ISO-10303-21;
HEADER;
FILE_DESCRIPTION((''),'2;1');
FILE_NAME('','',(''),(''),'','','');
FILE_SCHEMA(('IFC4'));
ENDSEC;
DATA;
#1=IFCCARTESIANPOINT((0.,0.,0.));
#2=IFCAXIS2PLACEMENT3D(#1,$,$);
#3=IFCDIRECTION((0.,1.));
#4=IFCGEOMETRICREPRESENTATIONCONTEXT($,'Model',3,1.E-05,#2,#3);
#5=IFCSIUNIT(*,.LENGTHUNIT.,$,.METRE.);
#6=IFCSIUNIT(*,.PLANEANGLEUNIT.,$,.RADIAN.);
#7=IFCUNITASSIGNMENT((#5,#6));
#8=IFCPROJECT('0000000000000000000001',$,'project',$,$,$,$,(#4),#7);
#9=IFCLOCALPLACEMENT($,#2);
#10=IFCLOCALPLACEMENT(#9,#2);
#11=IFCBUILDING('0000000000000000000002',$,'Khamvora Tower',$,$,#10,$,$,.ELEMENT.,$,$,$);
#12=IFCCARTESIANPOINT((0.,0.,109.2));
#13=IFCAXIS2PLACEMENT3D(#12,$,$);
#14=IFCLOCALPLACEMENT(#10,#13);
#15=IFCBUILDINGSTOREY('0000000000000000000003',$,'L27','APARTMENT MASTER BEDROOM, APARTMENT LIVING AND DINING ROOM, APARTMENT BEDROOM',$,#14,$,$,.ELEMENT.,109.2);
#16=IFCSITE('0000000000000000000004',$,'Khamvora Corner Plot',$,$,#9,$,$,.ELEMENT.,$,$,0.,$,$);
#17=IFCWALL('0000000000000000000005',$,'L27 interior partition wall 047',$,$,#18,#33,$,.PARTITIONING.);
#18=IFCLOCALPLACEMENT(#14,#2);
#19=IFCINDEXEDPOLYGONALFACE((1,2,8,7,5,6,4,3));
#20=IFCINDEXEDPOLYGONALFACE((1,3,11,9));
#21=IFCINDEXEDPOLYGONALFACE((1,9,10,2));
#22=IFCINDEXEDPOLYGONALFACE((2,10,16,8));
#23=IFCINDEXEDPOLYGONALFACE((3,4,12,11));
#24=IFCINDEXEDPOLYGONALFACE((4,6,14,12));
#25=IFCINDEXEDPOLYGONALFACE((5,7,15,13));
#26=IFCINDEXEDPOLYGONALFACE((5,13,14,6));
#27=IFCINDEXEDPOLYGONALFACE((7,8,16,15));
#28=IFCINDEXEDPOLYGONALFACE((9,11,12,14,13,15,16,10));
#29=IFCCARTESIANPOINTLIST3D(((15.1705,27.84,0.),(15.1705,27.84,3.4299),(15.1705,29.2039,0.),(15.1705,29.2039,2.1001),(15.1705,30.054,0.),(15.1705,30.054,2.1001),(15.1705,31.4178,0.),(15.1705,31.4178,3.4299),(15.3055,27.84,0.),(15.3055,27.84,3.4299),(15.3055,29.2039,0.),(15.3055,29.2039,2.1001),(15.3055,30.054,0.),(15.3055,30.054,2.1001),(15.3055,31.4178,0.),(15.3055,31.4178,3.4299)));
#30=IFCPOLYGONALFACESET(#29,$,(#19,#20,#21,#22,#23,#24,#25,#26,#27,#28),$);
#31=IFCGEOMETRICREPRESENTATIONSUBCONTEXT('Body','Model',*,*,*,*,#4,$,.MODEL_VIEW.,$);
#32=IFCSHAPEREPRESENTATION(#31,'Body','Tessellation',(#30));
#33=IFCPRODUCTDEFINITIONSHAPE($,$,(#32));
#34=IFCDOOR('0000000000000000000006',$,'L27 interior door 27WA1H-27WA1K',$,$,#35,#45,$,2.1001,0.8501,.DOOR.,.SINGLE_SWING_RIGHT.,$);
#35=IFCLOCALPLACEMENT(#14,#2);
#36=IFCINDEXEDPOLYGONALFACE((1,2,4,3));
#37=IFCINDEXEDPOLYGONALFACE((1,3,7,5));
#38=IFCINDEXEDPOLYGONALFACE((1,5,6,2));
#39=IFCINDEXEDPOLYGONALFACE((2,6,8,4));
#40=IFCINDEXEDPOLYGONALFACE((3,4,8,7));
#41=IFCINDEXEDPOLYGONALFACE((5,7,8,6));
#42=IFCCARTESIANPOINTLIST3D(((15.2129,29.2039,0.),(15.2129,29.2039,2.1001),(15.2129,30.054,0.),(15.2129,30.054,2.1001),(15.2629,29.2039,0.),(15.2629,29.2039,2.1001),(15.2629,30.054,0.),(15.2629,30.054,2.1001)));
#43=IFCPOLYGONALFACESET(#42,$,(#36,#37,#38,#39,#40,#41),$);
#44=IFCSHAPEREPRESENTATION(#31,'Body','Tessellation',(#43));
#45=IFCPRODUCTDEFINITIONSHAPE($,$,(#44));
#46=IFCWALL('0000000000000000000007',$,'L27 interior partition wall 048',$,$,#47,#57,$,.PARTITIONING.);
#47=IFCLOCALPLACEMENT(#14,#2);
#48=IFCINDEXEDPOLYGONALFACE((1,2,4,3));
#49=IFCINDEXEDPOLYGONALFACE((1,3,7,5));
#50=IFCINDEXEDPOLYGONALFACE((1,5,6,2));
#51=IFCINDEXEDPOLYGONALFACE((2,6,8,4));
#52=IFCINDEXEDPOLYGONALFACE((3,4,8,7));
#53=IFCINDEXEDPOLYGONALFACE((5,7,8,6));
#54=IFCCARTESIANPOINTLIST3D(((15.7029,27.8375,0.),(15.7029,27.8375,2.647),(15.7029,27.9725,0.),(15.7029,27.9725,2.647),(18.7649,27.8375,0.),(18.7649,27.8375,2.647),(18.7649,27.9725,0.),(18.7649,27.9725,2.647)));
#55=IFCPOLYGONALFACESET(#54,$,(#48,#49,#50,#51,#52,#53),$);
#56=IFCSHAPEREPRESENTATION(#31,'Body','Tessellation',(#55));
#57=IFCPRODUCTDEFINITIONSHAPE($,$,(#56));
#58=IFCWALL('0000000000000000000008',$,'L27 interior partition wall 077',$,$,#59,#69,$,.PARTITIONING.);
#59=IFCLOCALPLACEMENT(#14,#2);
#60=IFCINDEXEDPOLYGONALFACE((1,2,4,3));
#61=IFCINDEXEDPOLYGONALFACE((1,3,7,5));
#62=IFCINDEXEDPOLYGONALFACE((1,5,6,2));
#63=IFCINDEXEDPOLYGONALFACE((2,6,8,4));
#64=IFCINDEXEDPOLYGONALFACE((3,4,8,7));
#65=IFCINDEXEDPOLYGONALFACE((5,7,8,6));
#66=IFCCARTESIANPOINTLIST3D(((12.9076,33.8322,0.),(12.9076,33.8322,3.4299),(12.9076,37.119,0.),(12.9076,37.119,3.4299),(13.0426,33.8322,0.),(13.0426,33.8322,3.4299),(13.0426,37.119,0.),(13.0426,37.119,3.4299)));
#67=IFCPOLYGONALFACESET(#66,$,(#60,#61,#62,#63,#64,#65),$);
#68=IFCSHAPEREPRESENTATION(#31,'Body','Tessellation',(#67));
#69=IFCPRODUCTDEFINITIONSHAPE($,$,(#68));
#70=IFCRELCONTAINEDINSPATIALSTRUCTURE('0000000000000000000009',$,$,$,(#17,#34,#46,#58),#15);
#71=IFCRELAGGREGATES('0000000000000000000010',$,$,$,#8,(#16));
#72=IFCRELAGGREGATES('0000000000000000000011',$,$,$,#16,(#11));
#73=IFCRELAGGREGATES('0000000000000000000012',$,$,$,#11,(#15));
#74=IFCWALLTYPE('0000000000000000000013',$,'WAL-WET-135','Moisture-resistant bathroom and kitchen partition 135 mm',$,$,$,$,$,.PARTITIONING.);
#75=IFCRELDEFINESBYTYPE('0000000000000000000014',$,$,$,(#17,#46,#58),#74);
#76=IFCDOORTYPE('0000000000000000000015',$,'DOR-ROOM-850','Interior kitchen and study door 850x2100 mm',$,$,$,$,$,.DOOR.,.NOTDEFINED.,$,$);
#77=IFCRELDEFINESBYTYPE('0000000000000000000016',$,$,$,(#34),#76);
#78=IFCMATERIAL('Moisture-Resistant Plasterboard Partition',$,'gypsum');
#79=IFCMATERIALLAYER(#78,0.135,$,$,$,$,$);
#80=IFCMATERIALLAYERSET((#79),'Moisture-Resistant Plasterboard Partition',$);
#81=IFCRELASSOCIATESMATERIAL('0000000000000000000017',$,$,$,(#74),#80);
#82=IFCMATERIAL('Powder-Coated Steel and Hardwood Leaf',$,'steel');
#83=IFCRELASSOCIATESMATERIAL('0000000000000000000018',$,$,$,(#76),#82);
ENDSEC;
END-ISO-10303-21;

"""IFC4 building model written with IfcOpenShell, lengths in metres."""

from ifc_helpers import new_model, si_unit, direction, frame, frame_2d, origin, place, context, subcontext, project, spatial, rectangle, extrude, material, layer, layer_set, type_object, element, fill, save


model = new_model("IFC4")

# Units and contexts
model_context = context("Model", 3, precision=1e-05, world=origin(), true_north=direction((0.0, 1.0)))
body_context = subcontext(model_context, "Body", "Model", "MODEL_VIEW")
ifc_project = project(units=[si_unit("LENGTHUNIT", "METRE"), si_unit("PLANEANGLEUNIT", "RADIAN")], contexts=[model_context])

# Site, building, storey
site_placement = place(None, origin())
site = spatial("IfcSite", under=ifc_project, at=site_placement, Name="Khamvora Corner Plot", CompositionType="ELEMENT", RefElevation=0.0)
building_placement = place(site_placement, origin())
building = spatial("IfcBuilding", under=site, at=building_placement, Name="Khamvora Tower", CompositionType="ELEMENT")
storey_placement = place(building_placement, frame((0.0, 0.0, 109.2)))
storey = spatial("IfcBuildingStorey", under=building, at=storey_placement, Name="L27", Description="APARTMENT MASTER BEDROOM, APARTMENT LIVING AND DINING ROOM, APARTMENT BEDROOM", CompositionType="ELEMENT", Elevation=109.2)

# Shared definitions
ifc_material_1 = material(Name="Powder-Coated Steel and Hardwood Leaf", Category="steel")

# Shared definitions
ifc_material_2 = material(Name="Moisture-Resistant Plasterboard Partition", Category="gypsum")
ifc_layer_1 = layer(ifc_material_2, 0.135)
ifc_layer_set_1 = layer_set([ifc_layer_1], Name="Moisture-Resistant Plasterboard Partition")
wall_type_1 = type_object("IfcWallType", Name="WAL-WET-135", Description="Moisture-resistant bathroom and kitchen partition 135 mm", PredefinedType="PARTITIONING", material=ifc_layer_set_1)

# Wall, opening, door
wall_1_placement = place(storey_placement, frame((15.238, 31.418, 0.0), z_axis=(0.0, 0.0, 1.0), x_axis=(0.0, -1.0, 0.0)))
wall_1 = element("IfcWall", 1, at=wall_1_placement, inside=storey, type_object=wall_type_1, Name="L27 interior partition wall 047", PredefinedType="PARTITIONING", context=body_context, shape_type="SweptSolid", body=[
    extrude(rectangle(XDim=3.5779, YDim=0.135, at=frame_2d((1.7891, 0.0))), origin(), (0.0, 0.0, 1.0), 3.4299),
])
opening_1_placement = place(wall_1_placement, frame((1.364, 0.0, 0.0)))
opening_1 = element("IfcOpeningElement", 2, at=opening_1_placement, cuts=wall_1, PredefinedType="OPENING", context=body_context, shape_type="SweptSolid", body=[
    extrude(rectangle(XDim=0.8501, YDim=2.1001, at=frame_2d((0.425, 1.05))), frame((0.0, 0.0774, 0.0), z_axis=(0.0, -1.0, 0.0), x_axis=(1.0, 0.0, 0.0)), (0.0, 0.0, 1.0), 0.155),
])
door_type_1 = type_object("IfcDoorType", Name="DOR-ROOM-850", Description="Interior kitchen and study door 850x2100 mm", OperationType="NOTDEFINED", PredefinedType="DOOR", material=ifc_material_1)
door_1_placement = place(opening_1_placement, origin())
door_1 = element("IfcDoor", 3, at=door_1_placement, inside=storey, type_object=door_type_1, Name="L27 interior door 27WA1H-27WA1K", OperationType="SINGLE_SWING_RIGHT", OverallHeight=2.1001, OverallWidth=0.8501, PredefinedType="DOOR", context=body_context, shape_type="SweptSolid", body=[
    extrude(rectangle(XDim=0.8501, YDim=2.1001, at=frame_2d((0.425, 1.05))), frame((0.0, 0.0249, 0.0), z_axis=(0.0, -1.0, 0.0), x_axis=(1.0, 0.0, 0.0)), (0.0, 0.0, 1.0), 0.05),
])
fill(opening_1, door_1)

# Walls
wall_2_placement = place(storey_placement, frame((15.7029, 27.905, 0.0), z_axis=(0.0, 0.0, 1.0), x_axis=(1.0, 0.0, 0.0)))
element("IfcWall", 4, at=wall_2_placement, inside=storey, type_object=wall_type_1, Name="L27 interior partition wall 048", PredefinedType="PARTITIONING", context=body_context, shape_type="SweptSolid", body=[
    extrude(rectangle(XDim=3.062, YDim=0.135, at=frame_2d((1.531, 0.0))), origin(), (0.0, 0.0, 1.0), 2.647),
])
wall_3_placement = place(storey_placement, frame((12.9751, 33.832, 0.0), z_axis=(0.0, 0.0, 1.0), x_axis=(0.0, 1.0, 0.0)))
element("IfcWall", 5, at=wall_3_placement, inside=storey, type_object=wall_type_1, Name="L27 interior partition wall 077", PredefinedType="PARTITIONING", context=body_context, shape_type="SweptSolid", body=[
    extrude(rectangle(XDim=3.2869, YDim=0.135, at=frame_2d((1.6436, 0.0))), origin(), (0.0, 0.0, 1.0), 3.4299),
])

save(model, "model.ifc")
